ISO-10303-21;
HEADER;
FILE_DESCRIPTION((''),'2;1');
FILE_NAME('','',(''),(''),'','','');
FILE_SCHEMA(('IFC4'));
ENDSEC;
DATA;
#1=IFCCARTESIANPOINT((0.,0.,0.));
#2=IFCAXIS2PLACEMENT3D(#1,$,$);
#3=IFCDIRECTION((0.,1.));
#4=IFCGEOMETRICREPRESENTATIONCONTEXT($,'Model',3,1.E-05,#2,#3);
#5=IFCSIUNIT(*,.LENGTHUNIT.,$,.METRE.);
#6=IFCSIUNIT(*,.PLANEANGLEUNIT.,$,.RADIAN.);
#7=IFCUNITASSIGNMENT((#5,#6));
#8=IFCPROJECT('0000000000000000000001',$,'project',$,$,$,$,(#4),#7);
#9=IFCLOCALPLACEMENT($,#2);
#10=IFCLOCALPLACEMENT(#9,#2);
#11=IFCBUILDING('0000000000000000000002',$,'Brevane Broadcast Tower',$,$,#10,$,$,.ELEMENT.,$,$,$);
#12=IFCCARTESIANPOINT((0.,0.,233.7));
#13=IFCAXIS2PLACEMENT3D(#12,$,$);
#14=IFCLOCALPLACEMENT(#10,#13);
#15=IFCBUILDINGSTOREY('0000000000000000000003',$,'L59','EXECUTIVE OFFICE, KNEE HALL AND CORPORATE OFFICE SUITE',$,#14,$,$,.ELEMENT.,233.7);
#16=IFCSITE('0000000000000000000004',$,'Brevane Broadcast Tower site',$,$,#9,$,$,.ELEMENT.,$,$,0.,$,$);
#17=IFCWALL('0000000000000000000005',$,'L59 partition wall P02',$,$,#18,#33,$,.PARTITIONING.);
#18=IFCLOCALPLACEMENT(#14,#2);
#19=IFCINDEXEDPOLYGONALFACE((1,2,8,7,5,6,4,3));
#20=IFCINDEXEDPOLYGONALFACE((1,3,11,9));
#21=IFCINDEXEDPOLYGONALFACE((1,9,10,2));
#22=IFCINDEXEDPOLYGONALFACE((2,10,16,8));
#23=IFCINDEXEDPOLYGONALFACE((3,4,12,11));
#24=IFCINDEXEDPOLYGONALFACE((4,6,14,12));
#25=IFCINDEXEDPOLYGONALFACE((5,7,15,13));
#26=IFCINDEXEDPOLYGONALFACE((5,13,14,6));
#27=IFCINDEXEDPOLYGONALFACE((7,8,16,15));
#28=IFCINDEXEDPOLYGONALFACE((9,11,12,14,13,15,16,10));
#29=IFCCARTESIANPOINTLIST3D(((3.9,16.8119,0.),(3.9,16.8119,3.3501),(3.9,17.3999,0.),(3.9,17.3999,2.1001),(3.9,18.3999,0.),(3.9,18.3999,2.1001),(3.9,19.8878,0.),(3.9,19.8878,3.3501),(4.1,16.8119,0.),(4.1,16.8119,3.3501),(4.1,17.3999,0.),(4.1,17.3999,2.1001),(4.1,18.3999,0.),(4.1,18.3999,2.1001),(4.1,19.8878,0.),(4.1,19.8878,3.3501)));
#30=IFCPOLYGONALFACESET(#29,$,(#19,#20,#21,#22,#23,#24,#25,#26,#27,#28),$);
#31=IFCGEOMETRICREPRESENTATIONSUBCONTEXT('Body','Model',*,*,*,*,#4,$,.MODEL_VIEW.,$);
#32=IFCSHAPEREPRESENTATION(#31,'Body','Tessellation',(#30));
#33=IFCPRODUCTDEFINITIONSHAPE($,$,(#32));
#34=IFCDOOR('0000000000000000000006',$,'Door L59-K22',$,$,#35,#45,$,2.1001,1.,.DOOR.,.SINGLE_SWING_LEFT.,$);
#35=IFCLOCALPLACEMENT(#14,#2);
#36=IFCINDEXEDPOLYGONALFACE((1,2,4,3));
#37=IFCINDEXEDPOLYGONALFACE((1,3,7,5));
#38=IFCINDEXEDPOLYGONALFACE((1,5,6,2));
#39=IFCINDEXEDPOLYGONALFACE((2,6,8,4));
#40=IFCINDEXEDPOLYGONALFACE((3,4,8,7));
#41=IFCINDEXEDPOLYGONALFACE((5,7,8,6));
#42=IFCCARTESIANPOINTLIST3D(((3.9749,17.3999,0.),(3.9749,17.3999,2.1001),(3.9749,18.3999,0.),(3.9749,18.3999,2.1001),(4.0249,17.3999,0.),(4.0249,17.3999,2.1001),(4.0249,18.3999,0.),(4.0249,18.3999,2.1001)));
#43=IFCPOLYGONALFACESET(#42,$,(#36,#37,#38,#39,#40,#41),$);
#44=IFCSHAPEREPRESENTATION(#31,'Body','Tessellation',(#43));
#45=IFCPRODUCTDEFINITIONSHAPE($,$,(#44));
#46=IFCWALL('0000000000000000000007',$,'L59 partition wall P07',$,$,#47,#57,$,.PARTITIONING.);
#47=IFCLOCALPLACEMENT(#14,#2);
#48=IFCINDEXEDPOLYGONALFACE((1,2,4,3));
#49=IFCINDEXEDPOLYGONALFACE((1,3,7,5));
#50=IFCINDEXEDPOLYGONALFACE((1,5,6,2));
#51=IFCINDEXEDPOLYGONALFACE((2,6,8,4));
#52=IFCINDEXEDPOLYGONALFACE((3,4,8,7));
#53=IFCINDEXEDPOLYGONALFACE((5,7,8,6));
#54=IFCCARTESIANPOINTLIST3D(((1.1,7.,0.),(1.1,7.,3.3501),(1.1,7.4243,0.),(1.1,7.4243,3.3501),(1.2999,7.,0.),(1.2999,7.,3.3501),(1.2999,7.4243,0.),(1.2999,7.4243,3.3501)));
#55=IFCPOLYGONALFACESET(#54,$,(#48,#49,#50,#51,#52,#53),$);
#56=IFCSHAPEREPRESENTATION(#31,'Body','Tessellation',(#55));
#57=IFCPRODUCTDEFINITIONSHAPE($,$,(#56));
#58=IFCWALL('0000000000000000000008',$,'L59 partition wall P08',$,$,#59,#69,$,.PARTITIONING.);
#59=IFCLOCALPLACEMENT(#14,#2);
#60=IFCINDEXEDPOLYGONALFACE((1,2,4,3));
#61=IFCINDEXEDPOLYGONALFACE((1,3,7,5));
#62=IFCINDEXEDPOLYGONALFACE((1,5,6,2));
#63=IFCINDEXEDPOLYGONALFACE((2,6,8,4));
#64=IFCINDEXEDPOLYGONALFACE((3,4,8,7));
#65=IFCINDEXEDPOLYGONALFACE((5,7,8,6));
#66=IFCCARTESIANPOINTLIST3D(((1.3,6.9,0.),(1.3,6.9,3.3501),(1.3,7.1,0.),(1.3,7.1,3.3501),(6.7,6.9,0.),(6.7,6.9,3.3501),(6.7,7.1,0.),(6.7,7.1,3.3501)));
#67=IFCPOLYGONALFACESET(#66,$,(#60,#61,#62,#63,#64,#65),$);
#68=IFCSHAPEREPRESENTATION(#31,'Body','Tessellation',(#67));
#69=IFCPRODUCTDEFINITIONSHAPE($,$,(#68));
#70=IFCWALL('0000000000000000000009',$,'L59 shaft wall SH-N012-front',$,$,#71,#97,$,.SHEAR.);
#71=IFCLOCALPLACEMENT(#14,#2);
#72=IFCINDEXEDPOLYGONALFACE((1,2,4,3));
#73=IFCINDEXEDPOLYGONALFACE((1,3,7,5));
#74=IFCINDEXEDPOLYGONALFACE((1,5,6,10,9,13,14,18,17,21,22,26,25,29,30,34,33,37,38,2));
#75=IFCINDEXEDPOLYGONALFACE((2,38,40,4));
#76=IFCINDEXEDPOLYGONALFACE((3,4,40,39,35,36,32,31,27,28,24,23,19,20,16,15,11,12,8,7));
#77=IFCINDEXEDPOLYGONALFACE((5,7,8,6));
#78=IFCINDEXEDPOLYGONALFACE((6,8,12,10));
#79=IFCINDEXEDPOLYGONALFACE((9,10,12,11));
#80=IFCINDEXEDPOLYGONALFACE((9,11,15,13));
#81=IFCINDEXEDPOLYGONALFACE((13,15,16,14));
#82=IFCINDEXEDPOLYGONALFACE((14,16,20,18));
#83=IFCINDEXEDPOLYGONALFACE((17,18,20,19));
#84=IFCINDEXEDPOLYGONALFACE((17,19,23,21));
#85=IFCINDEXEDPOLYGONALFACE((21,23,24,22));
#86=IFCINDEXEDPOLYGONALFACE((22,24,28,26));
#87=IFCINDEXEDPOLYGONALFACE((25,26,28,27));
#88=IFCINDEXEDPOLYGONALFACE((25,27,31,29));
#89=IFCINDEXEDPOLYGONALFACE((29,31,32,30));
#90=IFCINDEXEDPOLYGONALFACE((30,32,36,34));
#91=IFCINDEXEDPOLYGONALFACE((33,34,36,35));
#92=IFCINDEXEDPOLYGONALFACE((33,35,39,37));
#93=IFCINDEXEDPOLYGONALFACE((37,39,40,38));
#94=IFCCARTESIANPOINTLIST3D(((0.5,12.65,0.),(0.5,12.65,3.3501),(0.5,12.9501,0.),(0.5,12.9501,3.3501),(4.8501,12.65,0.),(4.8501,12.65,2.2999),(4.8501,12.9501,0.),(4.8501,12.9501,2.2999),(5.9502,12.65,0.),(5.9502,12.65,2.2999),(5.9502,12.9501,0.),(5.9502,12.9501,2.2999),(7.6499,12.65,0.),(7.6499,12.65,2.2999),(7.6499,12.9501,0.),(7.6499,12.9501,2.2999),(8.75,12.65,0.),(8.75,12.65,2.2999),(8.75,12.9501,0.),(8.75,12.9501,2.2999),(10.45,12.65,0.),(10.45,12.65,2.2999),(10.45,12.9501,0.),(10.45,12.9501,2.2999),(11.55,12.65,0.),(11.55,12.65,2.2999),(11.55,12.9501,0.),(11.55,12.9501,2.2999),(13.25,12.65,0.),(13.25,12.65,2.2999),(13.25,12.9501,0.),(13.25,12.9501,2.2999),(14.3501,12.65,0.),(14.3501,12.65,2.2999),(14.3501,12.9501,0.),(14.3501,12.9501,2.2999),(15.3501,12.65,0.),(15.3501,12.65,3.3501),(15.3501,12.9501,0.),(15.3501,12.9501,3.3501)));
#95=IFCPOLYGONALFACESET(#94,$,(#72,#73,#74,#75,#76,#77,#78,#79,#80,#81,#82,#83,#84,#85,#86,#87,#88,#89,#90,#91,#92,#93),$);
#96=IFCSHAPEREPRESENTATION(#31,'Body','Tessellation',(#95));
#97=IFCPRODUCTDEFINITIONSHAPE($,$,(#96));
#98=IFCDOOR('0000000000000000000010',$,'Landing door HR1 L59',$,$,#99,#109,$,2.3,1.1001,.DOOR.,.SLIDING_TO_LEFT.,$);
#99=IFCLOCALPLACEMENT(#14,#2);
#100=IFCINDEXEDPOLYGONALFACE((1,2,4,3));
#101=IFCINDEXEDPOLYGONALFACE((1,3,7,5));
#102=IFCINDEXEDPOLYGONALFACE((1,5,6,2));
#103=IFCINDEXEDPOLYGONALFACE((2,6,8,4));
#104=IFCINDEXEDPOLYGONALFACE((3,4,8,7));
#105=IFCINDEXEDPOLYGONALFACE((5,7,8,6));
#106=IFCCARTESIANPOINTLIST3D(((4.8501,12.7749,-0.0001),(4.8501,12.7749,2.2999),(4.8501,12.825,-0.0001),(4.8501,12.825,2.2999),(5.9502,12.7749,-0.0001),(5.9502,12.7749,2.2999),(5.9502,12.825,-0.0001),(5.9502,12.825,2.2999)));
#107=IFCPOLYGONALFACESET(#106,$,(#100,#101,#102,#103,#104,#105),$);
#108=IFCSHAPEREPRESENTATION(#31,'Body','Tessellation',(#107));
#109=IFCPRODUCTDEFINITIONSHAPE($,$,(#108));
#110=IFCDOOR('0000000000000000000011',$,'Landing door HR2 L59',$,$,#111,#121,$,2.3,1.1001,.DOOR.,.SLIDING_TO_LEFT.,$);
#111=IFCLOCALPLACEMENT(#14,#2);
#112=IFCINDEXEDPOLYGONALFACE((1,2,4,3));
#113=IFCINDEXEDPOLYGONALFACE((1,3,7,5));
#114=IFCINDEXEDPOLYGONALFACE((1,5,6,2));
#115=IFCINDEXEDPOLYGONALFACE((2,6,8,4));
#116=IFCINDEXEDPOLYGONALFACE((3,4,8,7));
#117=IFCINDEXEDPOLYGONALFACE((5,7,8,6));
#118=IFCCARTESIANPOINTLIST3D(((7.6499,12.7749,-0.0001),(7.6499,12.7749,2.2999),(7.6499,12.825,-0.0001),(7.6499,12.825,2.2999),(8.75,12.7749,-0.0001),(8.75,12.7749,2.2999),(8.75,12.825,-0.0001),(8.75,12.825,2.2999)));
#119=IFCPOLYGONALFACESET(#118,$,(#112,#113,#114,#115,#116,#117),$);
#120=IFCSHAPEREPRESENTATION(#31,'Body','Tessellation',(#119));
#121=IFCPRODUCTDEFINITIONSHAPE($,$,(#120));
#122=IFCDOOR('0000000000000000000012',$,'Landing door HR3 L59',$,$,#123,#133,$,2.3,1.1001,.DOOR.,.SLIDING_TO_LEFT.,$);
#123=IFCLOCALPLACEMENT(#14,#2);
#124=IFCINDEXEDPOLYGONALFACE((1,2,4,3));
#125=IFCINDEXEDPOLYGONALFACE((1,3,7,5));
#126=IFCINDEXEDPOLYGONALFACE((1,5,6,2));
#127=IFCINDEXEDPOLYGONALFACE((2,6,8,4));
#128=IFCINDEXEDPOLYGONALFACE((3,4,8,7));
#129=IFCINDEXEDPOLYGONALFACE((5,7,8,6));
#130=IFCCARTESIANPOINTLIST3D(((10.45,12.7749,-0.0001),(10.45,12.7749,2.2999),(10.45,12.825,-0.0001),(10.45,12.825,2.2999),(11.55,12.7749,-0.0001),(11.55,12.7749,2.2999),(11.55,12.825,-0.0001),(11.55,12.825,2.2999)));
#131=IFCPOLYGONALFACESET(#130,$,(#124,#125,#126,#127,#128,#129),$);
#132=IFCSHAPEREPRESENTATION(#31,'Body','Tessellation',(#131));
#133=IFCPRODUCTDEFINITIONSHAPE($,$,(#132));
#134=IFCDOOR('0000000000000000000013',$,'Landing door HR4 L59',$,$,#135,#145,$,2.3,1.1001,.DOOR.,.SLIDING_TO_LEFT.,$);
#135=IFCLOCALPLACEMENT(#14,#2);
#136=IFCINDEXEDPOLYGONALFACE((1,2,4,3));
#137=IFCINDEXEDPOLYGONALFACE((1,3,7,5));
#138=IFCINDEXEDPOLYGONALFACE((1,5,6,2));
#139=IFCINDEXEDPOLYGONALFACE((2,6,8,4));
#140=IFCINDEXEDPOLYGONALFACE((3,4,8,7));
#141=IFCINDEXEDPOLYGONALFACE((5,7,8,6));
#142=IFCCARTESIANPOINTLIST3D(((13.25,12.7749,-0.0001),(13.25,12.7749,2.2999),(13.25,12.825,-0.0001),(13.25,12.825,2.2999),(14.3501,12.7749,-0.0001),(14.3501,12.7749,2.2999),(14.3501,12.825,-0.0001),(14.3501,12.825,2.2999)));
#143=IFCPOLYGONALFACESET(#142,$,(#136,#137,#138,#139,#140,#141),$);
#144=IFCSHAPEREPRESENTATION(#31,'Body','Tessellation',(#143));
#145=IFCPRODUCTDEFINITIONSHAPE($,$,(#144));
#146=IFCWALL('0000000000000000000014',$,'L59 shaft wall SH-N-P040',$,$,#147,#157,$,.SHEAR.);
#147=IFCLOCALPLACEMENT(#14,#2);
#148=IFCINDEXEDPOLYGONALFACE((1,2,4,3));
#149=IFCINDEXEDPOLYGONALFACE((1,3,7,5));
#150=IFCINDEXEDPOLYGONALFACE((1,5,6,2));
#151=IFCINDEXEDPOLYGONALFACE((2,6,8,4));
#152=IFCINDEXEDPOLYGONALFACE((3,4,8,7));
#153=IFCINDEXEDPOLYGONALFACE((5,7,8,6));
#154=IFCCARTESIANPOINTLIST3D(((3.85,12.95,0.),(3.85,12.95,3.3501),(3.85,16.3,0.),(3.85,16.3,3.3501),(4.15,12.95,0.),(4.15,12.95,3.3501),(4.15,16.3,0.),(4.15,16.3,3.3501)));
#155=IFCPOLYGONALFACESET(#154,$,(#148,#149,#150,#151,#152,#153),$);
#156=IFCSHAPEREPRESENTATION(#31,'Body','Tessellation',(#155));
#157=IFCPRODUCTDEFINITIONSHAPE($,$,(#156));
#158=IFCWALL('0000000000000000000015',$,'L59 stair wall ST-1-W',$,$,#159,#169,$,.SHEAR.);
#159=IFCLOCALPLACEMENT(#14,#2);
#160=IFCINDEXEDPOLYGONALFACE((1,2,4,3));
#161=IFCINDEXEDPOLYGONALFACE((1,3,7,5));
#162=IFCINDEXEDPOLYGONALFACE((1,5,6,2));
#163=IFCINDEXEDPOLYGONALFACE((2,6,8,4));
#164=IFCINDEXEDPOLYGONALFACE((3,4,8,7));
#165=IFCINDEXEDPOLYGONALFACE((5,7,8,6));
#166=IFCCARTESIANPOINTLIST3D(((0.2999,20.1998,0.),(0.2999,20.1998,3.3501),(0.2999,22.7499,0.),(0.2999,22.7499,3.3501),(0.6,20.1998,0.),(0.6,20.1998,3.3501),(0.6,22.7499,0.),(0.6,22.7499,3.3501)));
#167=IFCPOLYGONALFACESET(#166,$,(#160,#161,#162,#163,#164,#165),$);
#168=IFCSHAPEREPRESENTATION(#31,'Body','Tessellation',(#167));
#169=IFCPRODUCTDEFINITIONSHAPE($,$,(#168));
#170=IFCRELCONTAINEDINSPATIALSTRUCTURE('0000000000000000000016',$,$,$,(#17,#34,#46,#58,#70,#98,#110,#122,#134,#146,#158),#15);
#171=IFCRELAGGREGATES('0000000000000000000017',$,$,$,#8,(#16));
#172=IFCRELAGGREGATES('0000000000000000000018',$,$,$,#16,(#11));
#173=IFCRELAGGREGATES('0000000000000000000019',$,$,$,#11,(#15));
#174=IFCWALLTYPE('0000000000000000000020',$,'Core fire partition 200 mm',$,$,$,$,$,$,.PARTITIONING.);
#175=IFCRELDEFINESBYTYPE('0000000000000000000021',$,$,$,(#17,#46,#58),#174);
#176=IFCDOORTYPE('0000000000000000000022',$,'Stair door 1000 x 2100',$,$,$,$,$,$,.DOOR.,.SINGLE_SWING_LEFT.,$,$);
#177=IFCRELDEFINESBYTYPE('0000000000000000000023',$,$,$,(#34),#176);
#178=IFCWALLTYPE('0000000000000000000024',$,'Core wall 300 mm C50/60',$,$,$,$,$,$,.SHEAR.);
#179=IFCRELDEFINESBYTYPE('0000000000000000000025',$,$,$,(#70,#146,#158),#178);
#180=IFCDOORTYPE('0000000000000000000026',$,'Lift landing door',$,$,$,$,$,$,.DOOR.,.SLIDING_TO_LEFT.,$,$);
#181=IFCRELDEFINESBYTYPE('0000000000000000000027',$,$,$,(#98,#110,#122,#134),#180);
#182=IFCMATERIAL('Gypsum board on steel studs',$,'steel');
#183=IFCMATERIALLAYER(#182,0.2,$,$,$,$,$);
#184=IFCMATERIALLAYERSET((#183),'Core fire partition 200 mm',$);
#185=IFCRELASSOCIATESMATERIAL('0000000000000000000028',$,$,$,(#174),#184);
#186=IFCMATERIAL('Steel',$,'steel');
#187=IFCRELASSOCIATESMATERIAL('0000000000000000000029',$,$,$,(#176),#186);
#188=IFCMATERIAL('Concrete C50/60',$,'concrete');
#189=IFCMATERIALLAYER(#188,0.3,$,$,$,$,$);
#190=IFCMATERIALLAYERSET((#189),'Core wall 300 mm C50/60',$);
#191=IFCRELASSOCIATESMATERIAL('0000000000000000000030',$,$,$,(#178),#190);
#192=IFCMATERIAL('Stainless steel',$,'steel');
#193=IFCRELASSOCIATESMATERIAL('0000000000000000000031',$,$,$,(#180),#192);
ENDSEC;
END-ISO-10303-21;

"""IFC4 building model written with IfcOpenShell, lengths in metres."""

from ifc_helpers import new_model, si_unit, direction, frame, frame_2d, origin, place, context, subcontext, project, spatial, rectangle, extrude, material, layer, layer_set, type_object, element, fill, save


model = new_model("IFC4")

# Units and contexts
model_context = context("Model", 3, precision=1e-05, world=origin(), true_north=direction((0.0, 1.0)))
body_context = subcontext(model_context, "Body", "Model", "MODEL_VIEW")
ifc_project = project(units=[si_unit("LENGTHUNIT", "METRE"), si_unit("PLANEANGLEUNIT", "RADIAN")], contexts=[model_context])

# Site, building, storey
site_placement = place(None, origin())
site = spatial("IfcSite", under=ifc_project, at=site_placement, Name="Brevane Broadcast Tower site", CompositionType="ELEMENT", RefElevation=0.0)
building_placement = place(site_placement, origin())
building = spatial("IfcBuilding", under=site, at=building_placement, Name="Brevane Broadcast Tower", CompositionType="ELEMENT")
storey_placement = place(building_placement, frame((0.0, 0.0, 233.7)))
storey = spatial("IfcBuildingStorey", under=building, at=storey_placement, Name="L59", Description="EXECUTIVE OFFICE, KNEE HALL AND CORPORATE OFFICE SUITE", CompositionType="ELEMENT", Elevation=233.7)

# Shared definitions
ifc_material_1 = material(Name="Gypsum board on steel studs", Category="steel")
ifc_layer_1 = layer(ifc_material_1, 0.2)
ifc_layer_set_1 = layer_set([ifc_layer_1], Name="Core fire partition 200 mm")
wall_type_1 = type_object("IfcWallType", Name="Core fire partition 200 mm", PredefinedType="PARTITIONING", material=ifc_layer_set_1)

# Wall, opening, door
wall_1_placement = place(storey_placement, frame((4.0, 19.8879, 0.0), z_axis=(0.0, 0.0, 1.0), x_axis=(0.0, -1.0, 0.0)))
wall_1 = element("IfcWall", 1, at=wall_1_placement, inside=storey, type_object=wall_type_1, Name="L59 partition wall P02", PredefinedType="PARTITIONING", context=body_context, shape_type="SweptSolid", body=[
    extrude(rectangle(XDim=3.0759, YDim=0.2, at=frame_2d((1.5381, 0.0))), origin(), (0.0, 0.0, 1.0), 3.3501),
])
opening_1_placement = place(wall_1_placement, frame((1.488, 0.0, 0.0)))
opening_1 = element("IfcOpeningElement", 2, at=opening_1_placement, cuts=wall_1, PredefinedType="OPENING", context=body_context, shape_type="SweptSolid", body=[
    extrude(rectangle(XDim=1.0, YDim=2.1001, at=frame_2d((0.5, 1.05))), frame((0.0, 0.1099, 0.0), z_axis=(0.0, -1.0, 0.0), x_axis=(1.0, 0.0, 0.0)), (0.0, 0.0, 1.0), 0.22),
])
ifc_material_2 = material(Name="Steel", Category="steel")
door_type_1 = type_object("IfcDoorType", Name="Stair door 1000 x 2100", OperationType="SINGLE_SWING_LEFT", PredefinedType="DOOR", material=ifc_material_2)
door_1_placement = place(opening_1_placement, origin())
door_1 = element("IfcDoor", 3, at=door_1_placement, inside=storey, type_object=door_type_1, Name="Door L59-K22", OperationType="SINGLE_SWING_LEFT", OverallHeight=2.1001, OverallWidth=1.0, PredefinedType="DOOR", context=body_context, shape_type="SweptSolid", body=[
    extrude(rectangle(XDim=1.0, YDim=2.1001, at=frame_2d((0.5, 1.05))), frame((0.0, 0.0249, 0.0), z_axis=(0.0, -1.0, 0.0), x_axis=(1.0, 0.0, 0.0)), (0.0, 0.0, 1.0), 0.05),
])
fill(opening_1, door_1)

# Walls
wall_2_placement = place(storey_placement, frame((1.2, 7.4243, 0.0), z_axis=(0.0, 0.0, 1.0), x_axis=(0.0, -1.0, 0.0)))
element("IfcWall", 4, at=wall_2_placement, inside=storey, type_object=wall_type_1, Name="L59 partition wall P07", PredefinedType="PARTITIONING", context=body_context, shape_type="SweptSolid", body=[
    extrude(rectangle(XDim=0.4243, YDim=0.2, at=frame_2d((0.2122, 0.0))), origin(), (0.0, 0.0, 1.0), 3.3501),
])
wall_3_placement = place(storey_placement, frame((1.3, 7.0, 0.0), z_axis=(0.0, 0.0, 1.0), x_axis=(1.0, 0.0, 0.0)))
element("IfcWall", 5, at=wall_3_placement, inside=storey, type_object=wall_type_1, Name="L59 partition wall P08", PredefinedType="PARTITIONING", context=body_context, shape_type="SweptSolid", body=[
    extrude(rectangle(XDim=5.3999, YDim=0.2, at=frame_2d((2.7, 0.0))), origin(), (0.0, 0.0, 1.0), 3.3501),
])

# Wall, openings, doors
ifc_material_3 = material(Name="Concrete C50/60", Category="concrete")
ifc_layer_2 = layer(ifc_material_3, 0.3)
ifc_layer_set_2 = layer_set([ifc_layer_2], Name="Core wall 300 mm C50/60")
wall_type_2 = type_object("IfcWallType", Name="Core wall 300 mm C50/60", PredefinedType="SHEAR", material=ifc_layer_set_2)
wall_4_placement = place(storey_placement, frame((0.5, 12.8, 0.0), z_axis=(0.0, 0.0, 1.0), x_axis=(1.0, 0.0, 0.0)))
wall_4 = element("IfcWall", 6, at=wall_4_placement, inside=storey, type_object=wall_type_2, Name="L59 shaft wall SH-N012-front", PredefinedType="SHEAR", context=body_context, shape_type="SweptSolid", body=[
    extrude(rectangle(XDim=14.8501, YDim=0.3, at=frame_2d((7.425, 0.0))), origin(), (0.0, 0.0, 1.0), 3.3501),
])
opening_2_placement = place(wall_4_placement, frame((4.3501, 0.0, 0.0)))
opening_2 = element("IfcOpeningElement", 7, at=opening_2_placement, cuts=wall_4, PredefinedType="OPENING", context=body_context, shape_type="SweptSolid", body=[
    extrude(rectangle(XDim=1.1001, YDim=2.3, at=frame_2d((0.55, 1.1499))), frame((0.0, 0.1599, 0.0), z_axis=(0.0, -1.0, 0.0), x_axis=(1.0, 0.0, 0.0)), (0.0, 0.0, 1.0), 0.3201),
])
opening_3_placement = place(wall_4_placement, frame((7.1499, 0.0, 0.0)))
opening_3 = element("IfcOpeningElement", 8, at=opening_3_placement, cuts=wall_4, PredefinedType="OPENING", context=body_context, shape_type="SweptSolid", body=[
    extrude(rectangle(XDim=1.1001, YDim=2.3, at=frame_2d((0.55, 1.1499))), frame((0.0, 0.1599, 0.0), z_axis=(0.0, -1.0, 0.0), x_axis=(1.0, 0.0, 0.0)), (0.0, 0.0, 1.0), 0.3201),
])
opening_4_placement = place(wall_4_placement, frame((9.95, 0.0, 0.0)))
opening_4 = element("IfcOpeningElement", 9, at=opening_4_placement, cuts=wall_4, PredefinedType="OPENING", context=body_context, shape_type="SweptSolid", body=[
    extrude(rectangle(XDim=1.1001, YDim=2.3, at=frame_2d((0.55, 1.1499))), frame((0.0, 0.1599, 0.0), z_axis=(0.0, -1.0, 0.0), x_axis=(1.0, 0.0, 0.0)), (0.0, 0.0, 1.0), 0.3201),
])
opening_5_placement = place(wall_4_placement, frame((12.75, 0.0, 0.0)))
opening_5 = element("IfcOpeningElement", 10, at=opening_5_placement, cuts=wall_4, PredefinedType="OPENING", context=body_context, shape_type="SweptSolid", body=[
    extrude(rectangle(XDim=1.1001, YDim=2.3, at=frame_2d((0.55, 1.1499))), frame((0.0, 0.1599, 0.0), z_axis=(0.0, -1.0, 0.0), x_axis=(1.0, 0.0, 0.0)), (0.0, 0.0, 1.0), 0.3201),
])
ifc_material_4 = material(Name="Stainless steel", Category="steel")
door_type_2 = type_object("IfcDoorType", Name="Lift landing door", OperationType="SLIDING_TO_LEFT", PredefinedType="DOOR", material=ifc_material_4)
door_2_placement = place(opening_2_placement, origin())
door_2 = element("IfcDoor", 11, at=door_2_placement, inside=storey, type_object=door_type_2, Name="Landing door HR1 L59", OperationType="SLIDING_TO_LEFT", OverallHeight=2.3, OverallWidth=1.1001, PredefinedType="DOOR", context=body_context, shape_type="SweptSolid", body=[
    extrude(rectangle(XDim=1.1001, YDim=2.3, at=frame_2d((0.55, 1.1499))), frame((0.0, 0.0249, 0.0), z_axis=(0.0, -1.0, 0.0), x_axis=(1.0, 0.0, 0.0)), (0.0, 0.0, 1.0), 0.05),
])
fill(opening_2, door_2)
door_3_placement = place(opening_3_placement, origin())
door_3 = element("IfcDoor", 12, at=door_3_placement, inside=storey, type_object=door_type_2, Name="Landing door HR2 L59", OperationType="SLIDING_TO_LEFT", OverallHeight=2.3, OverallWidth=1.1001, PredefinedType="DOOR", context=body_context, shape_type="SweptSolid", body=[
    extrude(rectangle(XDim=1.1001, YDim=2.3, at=frame_2d((0.55, 1.1499))), frame((0.0, 0.0249, 0.0), z_axis=(0.0, -1.0, 0.0), x_axis=(1.0, 0.0, 0.0)), (0.0, 0.0, 1.0), 0.05),
])
fill(opening_3, door_3)
door_4_placement = place(opening_4_placement, origin())
door_4 = element("IfcDoor", 13, at=door_4_placement, inside=storey, type_object=door_type_2, Name="Landing door HR3 L59", OperationType="SLIDING_TO_LEFT", OverallHeight=2.3, OverallWidth=1.1001, PredefinedType="DOOR", context=body_context, shape_type="SweptSolid", body=[
    extrude(rectangle(XDim=1.1001, YDim=2.3, at=frame_2d((0.55, 1.1499))), frame((0.0, 0.0249, 0.0), z_axis=(0.0, -1.0, 0.0), x_axis=(1.0, 0.0, 0.0)), (0.0, 0.0, 1.0), 0.05),
])
fill(opening_4, door_4)
door_5_placement = place(opening_5_placement, origin())
door_5 = element("IfcDoor", 14, at=door_5_placement, inside=storey, type_object=door_type_2, Name="Landing door HR4 L59", OperationType="SLIDING_TO_LEFT", OverallHeight=2.3, OverallWidth=1.1001, PredefinedType="DOOR", context=body_context, shape_type="SweptSolid", body=[
    extrude(rectangle(XDim=1.1001, YDim=2.3, at=frame_2d((0.55, 1.1499))), frame((0.0, 0.0249, 0.0), z_axis=(0.0, -1.0, 0.0), x_axis=(1.0, 0.0, 0.0)), (0.0, 0.0, 1.0), 0.05),
])
fill(opening_5, door_5)

# Walls
wall_5_placement = place(storey_placement, frame((4.0, 12.95, 0.0), z_axis=(0.0, 0.0, 1.0), x_axis=(0.0, 1.0, 0.0)))
element("IfcWall", 15, at=wall_5_placement, inside=storey, type_object=wall_type_2, Name="L59 shaft wall SH-N-P040", PredefinedType="SHEAR", context=body_context, shape_type="SweptSolid", body=[
    extrude(rectangle(XDim=3.3501, YDim=0.3, at=frame_2d((1.675, 0.0))), origin(), (0.0, 0.0, 1.0), 3.3501),
])
wall_6_placement = place(storey_placement, frame((0.45, 20.2, 0.0), z_axis=(0.0, 0.0, 1.0), x_axis=(0.0, 1.0, 0.0)))
element("IfcWall", 16, at=wall_6_placement, inside=storey, type_object=wall_type_2, Name="L59 stair wall ST-1-W", PredefinedType="SHEAR", context=body_context, shape_type="SweptSolid", body=[
    extrude(rectangle(XDim=2.55, YDim=0.3, at=frame_2d((1.2749, 0.0))), origin(), (0.0, 0.0, 1.0), 3.3501),
])

save(model, "model.ifc")
